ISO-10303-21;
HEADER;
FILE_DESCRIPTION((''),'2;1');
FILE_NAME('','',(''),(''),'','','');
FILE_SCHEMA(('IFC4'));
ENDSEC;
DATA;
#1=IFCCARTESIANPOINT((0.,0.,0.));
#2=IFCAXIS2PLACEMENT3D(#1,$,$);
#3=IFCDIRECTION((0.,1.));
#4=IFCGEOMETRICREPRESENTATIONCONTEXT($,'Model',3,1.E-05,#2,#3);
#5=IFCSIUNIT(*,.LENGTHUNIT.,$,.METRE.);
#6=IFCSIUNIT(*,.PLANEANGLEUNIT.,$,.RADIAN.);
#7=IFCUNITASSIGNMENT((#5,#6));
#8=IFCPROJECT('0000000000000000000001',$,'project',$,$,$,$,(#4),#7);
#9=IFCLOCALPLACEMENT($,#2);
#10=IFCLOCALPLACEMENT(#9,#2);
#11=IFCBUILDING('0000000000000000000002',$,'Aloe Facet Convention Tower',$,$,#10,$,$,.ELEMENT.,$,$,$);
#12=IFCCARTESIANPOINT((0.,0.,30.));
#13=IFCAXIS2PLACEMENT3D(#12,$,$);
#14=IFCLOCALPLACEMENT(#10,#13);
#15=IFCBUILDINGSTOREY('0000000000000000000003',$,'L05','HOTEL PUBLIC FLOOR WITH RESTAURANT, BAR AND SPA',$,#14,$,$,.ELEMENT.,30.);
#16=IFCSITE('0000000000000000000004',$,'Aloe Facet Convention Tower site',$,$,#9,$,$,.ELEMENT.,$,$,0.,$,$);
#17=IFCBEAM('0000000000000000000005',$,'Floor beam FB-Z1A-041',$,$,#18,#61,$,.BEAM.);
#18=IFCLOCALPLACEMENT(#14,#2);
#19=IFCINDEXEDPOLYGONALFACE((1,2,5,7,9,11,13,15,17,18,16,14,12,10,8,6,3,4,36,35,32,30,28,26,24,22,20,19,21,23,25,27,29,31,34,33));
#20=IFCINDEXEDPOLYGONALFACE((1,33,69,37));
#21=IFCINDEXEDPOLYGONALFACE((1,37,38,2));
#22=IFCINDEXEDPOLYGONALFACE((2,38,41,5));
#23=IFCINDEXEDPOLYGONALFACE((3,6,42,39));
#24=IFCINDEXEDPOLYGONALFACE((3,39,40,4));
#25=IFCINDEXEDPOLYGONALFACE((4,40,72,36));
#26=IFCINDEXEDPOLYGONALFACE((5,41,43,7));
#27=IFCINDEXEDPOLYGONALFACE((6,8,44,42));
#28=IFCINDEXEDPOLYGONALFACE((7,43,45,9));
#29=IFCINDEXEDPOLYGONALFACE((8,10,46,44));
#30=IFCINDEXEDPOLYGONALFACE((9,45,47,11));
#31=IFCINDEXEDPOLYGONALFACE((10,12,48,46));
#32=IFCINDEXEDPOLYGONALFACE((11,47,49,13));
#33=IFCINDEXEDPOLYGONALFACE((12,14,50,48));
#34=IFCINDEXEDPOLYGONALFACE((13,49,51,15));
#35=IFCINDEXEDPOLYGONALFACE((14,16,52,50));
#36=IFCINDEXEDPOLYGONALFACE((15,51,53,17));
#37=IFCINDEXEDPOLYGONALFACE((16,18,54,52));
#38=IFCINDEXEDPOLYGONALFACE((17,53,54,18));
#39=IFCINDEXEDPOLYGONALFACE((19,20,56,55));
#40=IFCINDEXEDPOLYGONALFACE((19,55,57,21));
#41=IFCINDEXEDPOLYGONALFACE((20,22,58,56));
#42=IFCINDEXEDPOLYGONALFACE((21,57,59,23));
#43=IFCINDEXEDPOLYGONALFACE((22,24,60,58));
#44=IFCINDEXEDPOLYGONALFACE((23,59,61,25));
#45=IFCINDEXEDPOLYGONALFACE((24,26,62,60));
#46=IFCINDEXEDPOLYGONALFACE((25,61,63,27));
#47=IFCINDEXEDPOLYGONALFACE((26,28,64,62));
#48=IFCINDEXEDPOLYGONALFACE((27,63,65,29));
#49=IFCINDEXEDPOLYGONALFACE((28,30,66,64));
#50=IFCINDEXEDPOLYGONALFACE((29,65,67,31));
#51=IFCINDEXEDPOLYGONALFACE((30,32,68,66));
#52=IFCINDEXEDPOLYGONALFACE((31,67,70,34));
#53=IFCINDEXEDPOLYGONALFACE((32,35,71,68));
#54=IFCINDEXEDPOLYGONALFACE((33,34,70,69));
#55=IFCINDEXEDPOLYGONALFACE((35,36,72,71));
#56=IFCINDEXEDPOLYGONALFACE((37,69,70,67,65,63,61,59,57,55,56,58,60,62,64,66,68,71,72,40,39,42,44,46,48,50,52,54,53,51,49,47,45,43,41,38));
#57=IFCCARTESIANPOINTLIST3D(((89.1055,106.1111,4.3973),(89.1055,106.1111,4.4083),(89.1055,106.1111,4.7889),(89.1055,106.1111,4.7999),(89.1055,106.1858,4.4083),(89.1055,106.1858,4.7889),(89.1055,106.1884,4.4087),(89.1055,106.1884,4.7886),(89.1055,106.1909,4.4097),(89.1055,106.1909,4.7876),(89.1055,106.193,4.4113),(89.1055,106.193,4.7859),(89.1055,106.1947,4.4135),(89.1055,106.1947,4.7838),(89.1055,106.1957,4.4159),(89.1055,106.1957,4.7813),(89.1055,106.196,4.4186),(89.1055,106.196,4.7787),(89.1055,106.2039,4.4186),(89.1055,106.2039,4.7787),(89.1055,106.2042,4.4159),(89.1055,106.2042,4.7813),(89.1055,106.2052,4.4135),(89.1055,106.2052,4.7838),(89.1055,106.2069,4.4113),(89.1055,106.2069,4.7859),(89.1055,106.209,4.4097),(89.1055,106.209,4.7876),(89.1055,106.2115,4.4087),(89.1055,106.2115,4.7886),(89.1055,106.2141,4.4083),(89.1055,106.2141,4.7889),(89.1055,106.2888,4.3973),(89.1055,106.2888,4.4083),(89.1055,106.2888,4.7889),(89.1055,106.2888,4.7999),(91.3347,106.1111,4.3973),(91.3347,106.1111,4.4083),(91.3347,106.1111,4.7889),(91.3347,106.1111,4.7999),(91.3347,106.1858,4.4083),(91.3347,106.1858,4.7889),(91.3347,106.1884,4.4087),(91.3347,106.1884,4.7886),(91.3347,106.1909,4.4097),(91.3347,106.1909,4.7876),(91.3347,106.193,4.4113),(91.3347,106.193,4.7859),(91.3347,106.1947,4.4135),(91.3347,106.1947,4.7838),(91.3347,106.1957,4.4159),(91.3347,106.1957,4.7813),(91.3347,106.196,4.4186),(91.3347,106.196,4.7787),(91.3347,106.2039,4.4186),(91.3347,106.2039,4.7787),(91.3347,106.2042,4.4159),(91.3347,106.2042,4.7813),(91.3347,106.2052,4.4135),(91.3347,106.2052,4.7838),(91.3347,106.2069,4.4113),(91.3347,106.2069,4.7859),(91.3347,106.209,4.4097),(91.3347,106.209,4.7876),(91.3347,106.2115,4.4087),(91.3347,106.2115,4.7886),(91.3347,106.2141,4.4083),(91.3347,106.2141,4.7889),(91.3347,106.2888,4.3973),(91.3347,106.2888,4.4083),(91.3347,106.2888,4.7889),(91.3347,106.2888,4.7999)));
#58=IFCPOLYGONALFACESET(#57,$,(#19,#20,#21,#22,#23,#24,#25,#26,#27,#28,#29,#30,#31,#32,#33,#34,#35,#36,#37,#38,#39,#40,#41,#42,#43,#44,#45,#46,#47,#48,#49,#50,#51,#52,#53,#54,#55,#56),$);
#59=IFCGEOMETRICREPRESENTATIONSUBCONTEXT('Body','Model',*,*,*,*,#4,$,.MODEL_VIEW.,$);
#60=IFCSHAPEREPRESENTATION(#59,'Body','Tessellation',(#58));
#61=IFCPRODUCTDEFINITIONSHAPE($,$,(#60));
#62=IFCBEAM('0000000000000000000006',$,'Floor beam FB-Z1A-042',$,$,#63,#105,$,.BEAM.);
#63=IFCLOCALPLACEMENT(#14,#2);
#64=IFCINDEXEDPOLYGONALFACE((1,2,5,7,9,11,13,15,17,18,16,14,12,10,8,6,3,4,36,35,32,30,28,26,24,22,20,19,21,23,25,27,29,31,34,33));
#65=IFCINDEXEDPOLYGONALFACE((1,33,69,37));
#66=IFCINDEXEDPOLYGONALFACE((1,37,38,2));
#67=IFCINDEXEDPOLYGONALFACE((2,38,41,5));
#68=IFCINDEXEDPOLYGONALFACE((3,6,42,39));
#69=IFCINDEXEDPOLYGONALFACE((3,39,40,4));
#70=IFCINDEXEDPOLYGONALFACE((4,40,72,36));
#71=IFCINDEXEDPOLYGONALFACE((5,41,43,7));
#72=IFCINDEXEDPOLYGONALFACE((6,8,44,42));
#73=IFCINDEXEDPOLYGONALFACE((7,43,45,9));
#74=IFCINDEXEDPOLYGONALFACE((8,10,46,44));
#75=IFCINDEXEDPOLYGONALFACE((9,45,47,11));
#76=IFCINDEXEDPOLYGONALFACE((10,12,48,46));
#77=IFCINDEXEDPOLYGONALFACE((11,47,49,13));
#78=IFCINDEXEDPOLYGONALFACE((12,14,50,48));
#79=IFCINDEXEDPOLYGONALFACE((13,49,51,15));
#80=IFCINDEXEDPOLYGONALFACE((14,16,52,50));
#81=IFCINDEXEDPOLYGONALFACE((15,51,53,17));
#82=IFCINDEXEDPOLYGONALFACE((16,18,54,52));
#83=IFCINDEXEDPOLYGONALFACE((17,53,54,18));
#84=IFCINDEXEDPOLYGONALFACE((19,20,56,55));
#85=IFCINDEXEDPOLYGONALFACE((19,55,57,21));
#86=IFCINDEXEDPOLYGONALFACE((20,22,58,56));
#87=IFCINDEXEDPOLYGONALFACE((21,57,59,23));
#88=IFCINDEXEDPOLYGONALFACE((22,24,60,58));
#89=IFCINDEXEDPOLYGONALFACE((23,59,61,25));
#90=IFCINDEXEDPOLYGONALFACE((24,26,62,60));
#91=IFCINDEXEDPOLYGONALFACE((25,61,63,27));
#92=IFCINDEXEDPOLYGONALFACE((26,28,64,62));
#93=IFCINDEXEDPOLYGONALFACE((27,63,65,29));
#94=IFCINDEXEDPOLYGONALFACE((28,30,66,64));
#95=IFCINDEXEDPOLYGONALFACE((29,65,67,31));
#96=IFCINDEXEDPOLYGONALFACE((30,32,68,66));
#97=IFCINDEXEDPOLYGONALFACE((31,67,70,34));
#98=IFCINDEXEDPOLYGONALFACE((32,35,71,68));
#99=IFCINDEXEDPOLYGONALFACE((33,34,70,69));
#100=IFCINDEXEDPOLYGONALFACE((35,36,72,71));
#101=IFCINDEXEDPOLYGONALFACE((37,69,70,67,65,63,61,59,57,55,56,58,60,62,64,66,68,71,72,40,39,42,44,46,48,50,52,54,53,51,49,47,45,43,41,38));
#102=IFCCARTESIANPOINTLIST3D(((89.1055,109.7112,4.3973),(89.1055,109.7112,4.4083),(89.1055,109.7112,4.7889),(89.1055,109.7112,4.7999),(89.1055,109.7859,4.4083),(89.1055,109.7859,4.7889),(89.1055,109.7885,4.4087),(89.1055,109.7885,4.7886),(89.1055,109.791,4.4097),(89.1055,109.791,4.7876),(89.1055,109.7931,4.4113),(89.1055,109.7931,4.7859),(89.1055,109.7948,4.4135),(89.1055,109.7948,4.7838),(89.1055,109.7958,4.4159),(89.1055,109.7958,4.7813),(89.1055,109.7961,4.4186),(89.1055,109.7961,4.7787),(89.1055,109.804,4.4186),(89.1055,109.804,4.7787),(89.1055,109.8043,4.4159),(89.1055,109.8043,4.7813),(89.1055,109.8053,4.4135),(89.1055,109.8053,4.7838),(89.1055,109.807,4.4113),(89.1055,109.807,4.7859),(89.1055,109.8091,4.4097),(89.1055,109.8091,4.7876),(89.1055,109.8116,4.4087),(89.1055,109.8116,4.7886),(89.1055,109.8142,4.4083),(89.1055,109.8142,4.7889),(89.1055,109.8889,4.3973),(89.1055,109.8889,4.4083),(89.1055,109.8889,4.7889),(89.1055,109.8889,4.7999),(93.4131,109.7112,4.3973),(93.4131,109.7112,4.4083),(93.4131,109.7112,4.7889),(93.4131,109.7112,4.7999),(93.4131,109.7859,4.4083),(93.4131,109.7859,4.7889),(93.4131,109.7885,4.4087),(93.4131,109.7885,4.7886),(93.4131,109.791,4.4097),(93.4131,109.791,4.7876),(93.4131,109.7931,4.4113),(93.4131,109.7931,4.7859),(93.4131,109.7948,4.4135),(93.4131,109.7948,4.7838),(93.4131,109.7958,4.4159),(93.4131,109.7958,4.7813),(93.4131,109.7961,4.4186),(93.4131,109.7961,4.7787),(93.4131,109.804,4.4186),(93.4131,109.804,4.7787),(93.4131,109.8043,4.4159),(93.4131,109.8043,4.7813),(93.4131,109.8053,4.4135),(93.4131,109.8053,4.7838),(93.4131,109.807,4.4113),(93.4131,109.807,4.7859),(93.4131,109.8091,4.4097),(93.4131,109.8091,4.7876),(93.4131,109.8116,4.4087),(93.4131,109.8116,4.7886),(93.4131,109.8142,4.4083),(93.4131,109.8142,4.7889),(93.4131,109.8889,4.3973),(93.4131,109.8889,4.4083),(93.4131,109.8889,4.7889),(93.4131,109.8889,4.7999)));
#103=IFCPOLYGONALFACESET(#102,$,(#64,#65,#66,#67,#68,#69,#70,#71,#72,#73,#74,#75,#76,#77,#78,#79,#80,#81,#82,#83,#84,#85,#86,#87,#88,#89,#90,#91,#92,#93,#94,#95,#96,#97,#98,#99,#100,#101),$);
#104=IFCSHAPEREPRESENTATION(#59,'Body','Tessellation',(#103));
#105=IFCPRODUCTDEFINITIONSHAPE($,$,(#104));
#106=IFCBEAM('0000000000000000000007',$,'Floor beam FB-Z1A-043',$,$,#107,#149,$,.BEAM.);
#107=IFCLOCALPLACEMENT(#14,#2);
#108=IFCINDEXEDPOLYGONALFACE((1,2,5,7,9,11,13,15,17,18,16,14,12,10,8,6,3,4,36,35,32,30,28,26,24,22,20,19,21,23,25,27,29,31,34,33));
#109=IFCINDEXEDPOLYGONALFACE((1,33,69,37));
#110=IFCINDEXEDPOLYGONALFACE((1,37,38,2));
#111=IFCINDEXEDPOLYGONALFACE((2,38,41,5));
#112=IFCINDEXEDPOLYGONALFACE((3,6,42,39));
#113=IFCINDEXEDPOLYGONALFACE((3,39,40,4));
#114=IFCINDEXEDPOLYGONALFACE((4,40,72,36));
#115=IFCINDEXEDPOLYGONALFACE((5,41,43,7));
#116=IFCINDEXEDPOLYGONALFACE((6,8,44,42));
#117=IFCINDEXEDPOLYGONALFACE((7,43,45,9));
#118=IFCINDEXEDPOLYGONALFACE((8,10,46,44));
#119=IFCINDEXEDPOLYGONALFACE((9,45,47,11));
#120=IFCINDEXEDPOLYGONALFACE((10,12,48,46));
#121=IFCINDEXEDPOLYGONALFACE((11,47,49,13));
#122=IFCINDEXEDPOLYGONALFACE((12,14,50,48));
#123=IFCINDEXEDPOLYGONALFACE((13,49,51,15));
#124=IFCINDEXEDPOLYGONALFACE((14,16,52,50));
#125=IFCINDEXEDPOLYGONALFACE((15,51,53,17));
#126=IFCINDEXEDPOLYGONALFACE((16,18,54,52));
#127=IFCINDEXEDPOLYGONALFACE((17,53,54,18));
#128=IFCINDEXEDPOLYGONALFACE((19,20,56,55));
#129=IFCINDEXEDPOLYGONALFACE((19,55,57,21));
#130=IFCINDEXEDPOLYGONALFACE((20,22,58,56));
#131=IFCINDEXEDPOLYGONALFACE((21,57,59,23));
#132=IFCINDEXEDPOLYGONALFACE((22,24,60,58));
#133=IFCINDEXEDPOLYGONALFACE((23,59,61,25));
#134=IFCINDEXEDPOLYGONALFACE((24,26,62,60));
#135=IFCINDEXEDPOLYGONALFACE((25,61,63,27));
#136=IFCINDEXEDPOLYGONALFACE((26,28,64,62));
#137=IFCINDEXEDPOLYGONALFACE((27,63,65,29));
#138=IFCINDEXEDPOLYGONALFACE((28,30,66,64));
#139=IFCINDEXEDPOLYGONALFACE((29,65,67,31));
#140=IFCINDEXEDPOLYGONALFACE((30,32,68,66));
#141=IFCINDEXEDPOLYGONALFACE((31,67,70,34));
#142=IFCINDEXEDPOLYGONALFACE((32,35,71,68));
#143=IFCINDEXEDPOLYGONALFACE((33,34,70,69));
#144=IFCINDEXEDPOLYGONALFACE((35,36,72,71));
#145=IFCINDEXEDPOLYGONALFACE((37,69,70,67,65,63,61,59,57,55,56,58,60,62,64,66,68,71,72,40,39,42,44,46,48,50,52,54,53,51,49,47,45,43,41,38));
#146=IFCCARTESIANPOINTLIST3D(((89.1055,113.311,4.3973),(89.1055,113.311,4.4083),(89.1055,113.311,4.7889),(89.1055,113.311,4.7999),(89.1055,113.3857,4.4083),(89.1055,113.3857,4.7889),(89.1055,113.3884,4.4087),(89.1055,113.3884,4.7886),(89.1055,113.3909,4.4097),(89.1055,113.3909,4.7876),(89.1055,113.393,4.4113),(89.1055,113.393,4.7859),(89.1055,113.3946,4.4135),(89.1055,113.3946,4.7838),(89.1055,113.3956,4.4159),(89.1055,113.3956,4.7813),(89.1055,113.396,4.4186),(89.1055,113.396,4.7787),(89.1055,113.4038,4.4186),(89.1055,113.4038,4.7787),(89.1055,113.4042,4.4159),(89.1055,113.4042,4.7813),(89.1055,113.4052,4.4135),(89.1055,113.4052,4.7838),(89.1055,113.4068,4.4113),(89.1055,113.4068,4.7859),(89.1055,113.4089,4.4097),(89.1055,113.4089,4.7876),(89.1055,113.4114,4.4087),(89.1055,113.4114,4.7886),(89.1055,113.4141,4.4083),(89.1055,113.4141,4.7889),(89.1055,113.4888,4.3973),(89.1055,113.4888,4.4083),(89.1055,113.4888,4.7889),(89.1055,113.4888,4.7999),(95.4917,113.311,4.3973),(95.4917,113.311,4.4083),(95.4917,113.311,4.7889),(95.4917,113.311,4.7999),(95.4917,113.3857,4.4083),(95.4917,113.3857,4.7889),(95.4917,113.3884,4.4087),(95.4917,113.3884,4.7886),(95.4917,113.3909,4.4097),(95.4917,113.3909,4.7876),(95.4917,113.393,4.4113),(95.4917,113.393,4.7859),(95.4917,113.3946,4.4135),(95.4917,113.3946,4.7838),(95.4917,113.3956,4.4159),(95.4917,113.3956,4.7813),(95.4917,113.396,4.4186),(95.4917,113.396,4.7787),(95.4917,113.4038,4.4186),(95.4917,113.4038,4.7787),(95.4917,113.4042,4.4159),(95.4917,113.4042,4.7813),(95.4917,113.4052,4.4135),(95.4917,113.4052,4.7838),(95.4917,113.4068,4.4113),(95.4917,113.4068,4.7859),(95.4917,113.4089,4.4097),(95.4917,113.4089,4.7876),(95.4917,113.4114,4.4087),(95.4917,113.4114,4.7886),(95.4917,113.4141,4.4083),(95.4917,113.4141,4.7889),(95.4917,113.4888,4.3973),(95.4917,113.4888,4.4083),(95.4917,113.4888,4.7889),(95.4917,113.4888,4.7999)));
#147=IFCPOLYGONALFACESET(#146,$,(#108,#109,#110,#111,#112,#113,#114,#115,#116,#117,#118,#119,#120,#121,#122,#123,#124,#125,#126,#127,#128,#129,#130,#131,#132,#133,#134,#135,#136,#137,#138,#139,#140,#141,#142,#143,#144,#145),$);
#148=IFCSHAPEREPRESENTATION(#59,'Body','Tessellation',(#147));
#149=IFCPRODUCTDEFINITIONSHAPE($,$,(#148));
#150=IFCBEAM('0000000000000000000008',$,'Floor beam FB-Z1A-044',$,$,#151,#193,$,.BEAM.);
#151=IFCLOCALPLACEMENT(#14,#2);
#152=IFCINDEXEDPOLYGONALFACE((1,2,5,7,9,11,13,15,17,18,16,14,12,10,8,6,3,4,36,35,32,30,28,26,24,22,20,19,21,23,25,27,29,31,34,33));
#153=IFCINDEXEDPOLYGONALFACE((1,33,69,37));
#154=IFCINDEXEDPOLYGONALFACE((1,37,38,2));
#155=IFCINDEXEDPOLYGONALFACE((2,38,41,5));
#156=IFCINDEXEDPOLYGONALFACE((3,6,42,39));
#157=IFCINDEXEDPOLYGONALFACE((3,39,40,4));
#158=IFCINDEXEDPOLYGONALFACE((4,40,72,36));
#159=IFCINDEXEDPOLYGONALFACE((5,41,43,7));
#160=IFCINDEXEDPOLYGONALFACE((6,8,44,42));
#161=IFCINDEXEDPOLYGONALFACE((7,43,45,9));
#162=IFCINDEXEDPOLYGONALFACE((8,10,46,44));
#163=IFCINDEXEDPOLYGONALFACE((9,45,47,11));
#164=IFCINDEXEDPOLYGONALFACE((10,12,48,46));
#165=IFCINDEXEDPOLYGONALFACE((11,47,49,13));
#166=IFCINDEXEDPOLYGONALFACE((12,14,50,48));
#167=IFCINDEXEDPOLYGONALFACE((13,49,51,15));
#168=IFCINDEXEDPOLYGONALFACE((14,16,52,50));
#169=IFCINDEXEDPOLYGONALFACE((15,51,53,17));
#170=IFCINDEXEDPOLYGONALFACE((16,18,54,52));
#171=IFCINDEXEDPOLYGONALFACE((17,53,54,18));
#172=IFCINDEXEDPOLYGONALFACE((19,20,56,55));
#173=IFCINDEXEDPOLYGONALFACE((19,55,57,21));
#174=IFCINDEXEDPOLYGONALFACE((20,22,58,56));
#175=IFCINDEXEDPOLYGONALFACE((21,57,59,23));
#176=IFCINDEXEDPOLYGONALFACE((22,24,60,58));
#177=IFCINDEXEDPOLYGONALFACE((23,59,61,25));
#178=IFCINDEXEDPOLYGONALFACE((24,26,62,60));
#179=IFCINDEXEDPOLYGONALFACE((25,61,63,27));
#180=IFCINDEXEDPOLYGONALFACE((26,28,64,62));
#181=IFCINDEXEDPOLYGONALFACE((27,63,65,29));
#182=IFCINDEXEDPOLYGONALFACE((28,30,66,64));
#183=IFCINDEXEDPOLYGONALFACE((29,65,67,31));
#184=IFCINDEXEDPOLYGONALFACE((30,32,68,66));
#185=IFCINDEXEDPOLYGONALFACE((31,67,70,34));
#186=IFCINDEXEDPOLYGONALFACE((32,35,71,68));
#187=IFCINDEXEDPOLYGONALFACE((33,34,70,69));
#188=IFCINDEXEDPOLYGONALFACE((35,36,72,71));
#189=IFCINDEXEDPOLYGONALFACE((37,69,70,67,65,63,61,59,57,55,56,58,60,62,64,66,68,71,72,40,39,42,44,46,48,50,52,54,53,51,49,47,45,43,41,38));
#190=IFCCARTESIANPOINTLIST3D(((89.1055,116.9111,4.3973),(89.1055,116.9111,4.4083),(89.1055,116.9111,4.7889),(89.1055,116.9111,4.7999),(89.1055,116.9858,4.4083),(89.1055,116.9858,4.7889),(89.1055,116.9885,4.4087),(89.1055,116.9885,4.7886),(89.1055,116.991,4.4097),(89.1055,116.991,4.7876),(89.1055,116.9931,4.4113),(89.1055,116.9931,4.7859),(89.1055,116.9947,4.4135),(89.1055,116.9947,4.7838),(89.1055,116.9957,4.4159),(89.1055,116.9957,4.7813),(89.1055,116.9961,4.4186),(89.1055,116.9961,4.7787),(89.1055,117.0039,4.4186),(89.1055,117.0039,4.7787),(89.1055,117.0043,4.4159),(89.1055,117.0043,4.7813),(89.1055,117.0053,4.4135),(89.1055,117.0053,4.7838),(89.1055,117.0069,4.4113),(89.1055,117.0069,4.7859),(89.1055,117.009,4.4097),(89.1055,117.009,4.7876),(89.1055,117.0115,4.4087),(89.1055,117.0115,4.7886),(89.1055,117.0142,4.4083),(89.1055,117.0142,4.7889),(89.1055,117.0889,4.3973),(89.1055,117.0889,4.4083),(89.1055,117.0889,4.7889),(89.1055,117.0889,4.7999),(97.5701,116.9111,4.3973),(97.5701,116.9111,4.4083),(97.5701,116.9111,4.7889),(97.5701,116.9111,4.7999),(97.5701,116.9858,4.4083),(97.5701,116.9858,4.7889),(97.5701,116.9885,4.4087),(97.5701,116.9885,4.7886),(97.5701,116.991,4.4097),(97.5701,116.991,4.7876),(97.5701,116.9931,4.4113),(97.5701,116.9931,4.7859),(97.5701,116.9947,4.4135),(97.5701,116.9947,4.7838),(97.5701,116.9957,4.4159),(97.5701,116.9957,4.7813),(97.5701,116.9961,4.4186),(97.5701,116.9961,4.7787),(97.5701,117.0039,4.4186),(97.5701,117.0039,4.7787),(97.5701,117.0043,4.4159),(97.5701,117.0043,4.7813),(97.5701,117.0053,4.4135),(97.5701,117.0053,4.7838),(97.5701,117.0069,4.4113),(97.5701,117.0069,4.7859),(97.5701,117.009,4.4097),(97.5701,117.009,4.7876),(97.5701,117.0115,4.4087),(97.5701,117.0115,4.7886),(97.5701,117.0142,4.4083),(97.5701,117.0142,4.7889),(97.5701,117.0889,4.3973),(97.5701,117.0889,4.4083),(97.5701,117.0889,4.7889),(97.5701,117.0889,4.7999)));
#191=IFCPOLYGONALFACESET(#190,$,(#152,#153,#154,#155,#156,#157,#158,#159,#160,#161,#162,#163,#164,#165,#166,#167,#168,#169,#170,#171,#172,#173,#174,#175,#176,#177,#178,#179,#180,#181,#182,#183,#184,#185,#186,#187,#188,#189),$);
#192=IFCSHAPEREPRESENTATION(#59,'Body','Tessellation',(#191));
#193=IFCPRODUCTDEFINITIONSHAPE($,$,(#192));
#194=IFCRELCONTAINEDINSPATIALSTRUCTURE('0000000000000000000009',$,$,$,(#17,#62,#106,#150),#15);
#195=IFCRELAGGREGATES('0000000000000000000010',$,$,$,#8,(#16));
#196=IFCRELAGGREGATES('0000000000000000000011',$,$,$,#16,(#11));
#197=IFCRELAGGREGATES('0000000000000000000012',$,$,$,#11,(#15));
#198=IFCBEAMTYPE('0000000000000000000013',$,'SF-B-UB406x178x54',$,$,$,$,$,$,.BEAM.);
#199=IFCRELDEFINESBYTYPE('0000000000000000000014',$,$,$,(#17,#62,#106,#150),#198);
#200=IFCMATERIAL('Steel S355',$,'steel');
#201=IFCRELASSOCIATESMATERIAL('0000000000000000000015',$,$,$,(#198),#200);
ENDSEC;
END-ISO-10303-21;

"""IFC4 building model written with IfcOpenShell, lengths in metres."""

from ifc_helpers import new_model, si_unit, direction, frame, origin, origin_2d, place, context, subcontext, project, spatial, i_section, extrude, material, material_profile, profile_set, type_object, element, save


model = new_model("IFC4")

# Units and contexts
model_context = context("Model", 3, precision=1e-05, world=origin(), true_north=direction((0.0, 1.0)))
body_context = subcontext(model_context, "Body", "Model", "MODEL_VIEW")
ifc_project = project(units=[si_unit("LENGTHUNIT", "METRE"), si_unit("PLANEANGLEUNIT", "RADIAN")], contexts=[model_context])

# Site, building, storey
site_placement = place(None, origin())
site = spatial("IfcSite", under=ifc_project, at=site_placement, Name="Aloe Facet Convention Tower site", CompositionType="ELEMENT", RefElevation=0.0)
building_placement = place(site_placement, origin())
building = spatial("IfcBuilding", under=site, at=building_placement, Name="Aloe Facet Convention Tower", CompositionType="ELEMENT")
storey_placement = place(building_placement, frame((0.0, 0.0, 30.0)))
storey = spatial("IfcBuildingStorey", under=building, at=storey_placement, Name="L05", Description="HOTEL PUBLIC FLOOR WITH RESTAURANT, BAR AND SPA", CompositionType="ELEMENT", Elevation=30.0)

# Beams
ifc_material_1 = material(Name="Steel S355", Category="steel")
ifc_material_profile_1 = material_profile(ifc_material_1, i_section(OverallWidth=0.1777, OverallDepth=0.4026, WebThickness=0.0078, FlangeThickness=0.011, FilletRadius=0.0103, at=origin_2d()), Name="UB 406x178x54")
ifc_profile_set_1 = profile_set([ifc_material_profile_1], Name="Steel S355")
beam_type_1 = type_object("IfcBeamType", Name="SF-B-UB406x178x54", PredefinedType="BEAM", material=ifc_profile_set_1)
beam_1_placement = place(storey_placement, frame((89.1055, 106.2, 4.5986), z_axis=(1.0, 0.0, 0.0), x_axis=(0.0, 1.0, 0.0)))
element("IfcBeam", 1, at=beam_1_placement, inside=storey, type_object=beam_type_1, Name="Floor beam FB-Z1A-041", PredefinedType="BEAM", context=body_context, shape_type="SweptSolid", body=[
    extrude(i_section(OverallWidth=0.1777, OverallDepth=0.4026, WebThickness=0.0078, FlangeThickness=0.011, FilletRadius=0.0103, at=origin_2d()), origin(), (0.0, 0.0, 1.0), 2.2292),
])
beam_2_placement = place(storey_placement, frame((89.1055, 109.8, 4.5986), z_axis=(1.0, 0.0, 0.0), x_axis=(0.0, 1.0, 0.0)))
element("IfcBeam", 2, at=beam_2_placement, inside=storey, type_object=beam_type_1, Name="Floor beam FB-Z1A-042", PredefinedType="BEAM", context=body_context, shape_type="SweptSolid", body=[
    extrude(i_section(OverallWidth=0.1777, OverallDepth=0.4026, WebThickness=0.0078, FlangeThickness=0.011, FilletRadius=0.0103, at=origin_2d()), origin(), (0.0, 0.0, 1.0), 4.3076),
])
beam_3_placement = place(storey_placement, frame((89.1055, 113.3999, 4.5986), z_axis=(1.0, 0.0, 0.0), x_axis=(0.0, 1.0, 0.0)))
element("IfcBeam", 3, at=beam_3_placement, inside=storey, type_object=beam_type_1, Name="Floor beam FB-Z1A-043", PredefinedType="BEAM", context=body_context, shape_type="SweptSolid", body=[
    extrude(i_section(OverallWidth=0.1777, OverallDepth=0.4026, WebThickness=0.0078, FlangeThickness=0.011, FilletRadius=0.0103, at=origin_2d()), origin(), (0.0, 0.0, 1.0), 6.3862),
])
beam_4_placement = place(storey_placement, frame((89.1055, 117.0, 4.5986), z_axis=(1.0, 0.0, 0.0), x_axis=(0.0, 1.0, 0.0)))
element("IfcBeam", 4, at=beam_4_placement, inside=storey, type_object=beam_type_1, Name="Floor beam FB-Z1A-044", PredefinedType="BEAM", context=body_context, shape_type="SweptSolid", body=[
    extrude(i_section(OverallWidth=0.1777, OverallDepth=0.4026, WebThickness=0.0078, FlangeThickness=0.011, FilletRadius=0.0103, at=origin_2d()), origin(), (0.0, 0.0, 1.0), 8.4646),
])

save(model, "model.ifc")
